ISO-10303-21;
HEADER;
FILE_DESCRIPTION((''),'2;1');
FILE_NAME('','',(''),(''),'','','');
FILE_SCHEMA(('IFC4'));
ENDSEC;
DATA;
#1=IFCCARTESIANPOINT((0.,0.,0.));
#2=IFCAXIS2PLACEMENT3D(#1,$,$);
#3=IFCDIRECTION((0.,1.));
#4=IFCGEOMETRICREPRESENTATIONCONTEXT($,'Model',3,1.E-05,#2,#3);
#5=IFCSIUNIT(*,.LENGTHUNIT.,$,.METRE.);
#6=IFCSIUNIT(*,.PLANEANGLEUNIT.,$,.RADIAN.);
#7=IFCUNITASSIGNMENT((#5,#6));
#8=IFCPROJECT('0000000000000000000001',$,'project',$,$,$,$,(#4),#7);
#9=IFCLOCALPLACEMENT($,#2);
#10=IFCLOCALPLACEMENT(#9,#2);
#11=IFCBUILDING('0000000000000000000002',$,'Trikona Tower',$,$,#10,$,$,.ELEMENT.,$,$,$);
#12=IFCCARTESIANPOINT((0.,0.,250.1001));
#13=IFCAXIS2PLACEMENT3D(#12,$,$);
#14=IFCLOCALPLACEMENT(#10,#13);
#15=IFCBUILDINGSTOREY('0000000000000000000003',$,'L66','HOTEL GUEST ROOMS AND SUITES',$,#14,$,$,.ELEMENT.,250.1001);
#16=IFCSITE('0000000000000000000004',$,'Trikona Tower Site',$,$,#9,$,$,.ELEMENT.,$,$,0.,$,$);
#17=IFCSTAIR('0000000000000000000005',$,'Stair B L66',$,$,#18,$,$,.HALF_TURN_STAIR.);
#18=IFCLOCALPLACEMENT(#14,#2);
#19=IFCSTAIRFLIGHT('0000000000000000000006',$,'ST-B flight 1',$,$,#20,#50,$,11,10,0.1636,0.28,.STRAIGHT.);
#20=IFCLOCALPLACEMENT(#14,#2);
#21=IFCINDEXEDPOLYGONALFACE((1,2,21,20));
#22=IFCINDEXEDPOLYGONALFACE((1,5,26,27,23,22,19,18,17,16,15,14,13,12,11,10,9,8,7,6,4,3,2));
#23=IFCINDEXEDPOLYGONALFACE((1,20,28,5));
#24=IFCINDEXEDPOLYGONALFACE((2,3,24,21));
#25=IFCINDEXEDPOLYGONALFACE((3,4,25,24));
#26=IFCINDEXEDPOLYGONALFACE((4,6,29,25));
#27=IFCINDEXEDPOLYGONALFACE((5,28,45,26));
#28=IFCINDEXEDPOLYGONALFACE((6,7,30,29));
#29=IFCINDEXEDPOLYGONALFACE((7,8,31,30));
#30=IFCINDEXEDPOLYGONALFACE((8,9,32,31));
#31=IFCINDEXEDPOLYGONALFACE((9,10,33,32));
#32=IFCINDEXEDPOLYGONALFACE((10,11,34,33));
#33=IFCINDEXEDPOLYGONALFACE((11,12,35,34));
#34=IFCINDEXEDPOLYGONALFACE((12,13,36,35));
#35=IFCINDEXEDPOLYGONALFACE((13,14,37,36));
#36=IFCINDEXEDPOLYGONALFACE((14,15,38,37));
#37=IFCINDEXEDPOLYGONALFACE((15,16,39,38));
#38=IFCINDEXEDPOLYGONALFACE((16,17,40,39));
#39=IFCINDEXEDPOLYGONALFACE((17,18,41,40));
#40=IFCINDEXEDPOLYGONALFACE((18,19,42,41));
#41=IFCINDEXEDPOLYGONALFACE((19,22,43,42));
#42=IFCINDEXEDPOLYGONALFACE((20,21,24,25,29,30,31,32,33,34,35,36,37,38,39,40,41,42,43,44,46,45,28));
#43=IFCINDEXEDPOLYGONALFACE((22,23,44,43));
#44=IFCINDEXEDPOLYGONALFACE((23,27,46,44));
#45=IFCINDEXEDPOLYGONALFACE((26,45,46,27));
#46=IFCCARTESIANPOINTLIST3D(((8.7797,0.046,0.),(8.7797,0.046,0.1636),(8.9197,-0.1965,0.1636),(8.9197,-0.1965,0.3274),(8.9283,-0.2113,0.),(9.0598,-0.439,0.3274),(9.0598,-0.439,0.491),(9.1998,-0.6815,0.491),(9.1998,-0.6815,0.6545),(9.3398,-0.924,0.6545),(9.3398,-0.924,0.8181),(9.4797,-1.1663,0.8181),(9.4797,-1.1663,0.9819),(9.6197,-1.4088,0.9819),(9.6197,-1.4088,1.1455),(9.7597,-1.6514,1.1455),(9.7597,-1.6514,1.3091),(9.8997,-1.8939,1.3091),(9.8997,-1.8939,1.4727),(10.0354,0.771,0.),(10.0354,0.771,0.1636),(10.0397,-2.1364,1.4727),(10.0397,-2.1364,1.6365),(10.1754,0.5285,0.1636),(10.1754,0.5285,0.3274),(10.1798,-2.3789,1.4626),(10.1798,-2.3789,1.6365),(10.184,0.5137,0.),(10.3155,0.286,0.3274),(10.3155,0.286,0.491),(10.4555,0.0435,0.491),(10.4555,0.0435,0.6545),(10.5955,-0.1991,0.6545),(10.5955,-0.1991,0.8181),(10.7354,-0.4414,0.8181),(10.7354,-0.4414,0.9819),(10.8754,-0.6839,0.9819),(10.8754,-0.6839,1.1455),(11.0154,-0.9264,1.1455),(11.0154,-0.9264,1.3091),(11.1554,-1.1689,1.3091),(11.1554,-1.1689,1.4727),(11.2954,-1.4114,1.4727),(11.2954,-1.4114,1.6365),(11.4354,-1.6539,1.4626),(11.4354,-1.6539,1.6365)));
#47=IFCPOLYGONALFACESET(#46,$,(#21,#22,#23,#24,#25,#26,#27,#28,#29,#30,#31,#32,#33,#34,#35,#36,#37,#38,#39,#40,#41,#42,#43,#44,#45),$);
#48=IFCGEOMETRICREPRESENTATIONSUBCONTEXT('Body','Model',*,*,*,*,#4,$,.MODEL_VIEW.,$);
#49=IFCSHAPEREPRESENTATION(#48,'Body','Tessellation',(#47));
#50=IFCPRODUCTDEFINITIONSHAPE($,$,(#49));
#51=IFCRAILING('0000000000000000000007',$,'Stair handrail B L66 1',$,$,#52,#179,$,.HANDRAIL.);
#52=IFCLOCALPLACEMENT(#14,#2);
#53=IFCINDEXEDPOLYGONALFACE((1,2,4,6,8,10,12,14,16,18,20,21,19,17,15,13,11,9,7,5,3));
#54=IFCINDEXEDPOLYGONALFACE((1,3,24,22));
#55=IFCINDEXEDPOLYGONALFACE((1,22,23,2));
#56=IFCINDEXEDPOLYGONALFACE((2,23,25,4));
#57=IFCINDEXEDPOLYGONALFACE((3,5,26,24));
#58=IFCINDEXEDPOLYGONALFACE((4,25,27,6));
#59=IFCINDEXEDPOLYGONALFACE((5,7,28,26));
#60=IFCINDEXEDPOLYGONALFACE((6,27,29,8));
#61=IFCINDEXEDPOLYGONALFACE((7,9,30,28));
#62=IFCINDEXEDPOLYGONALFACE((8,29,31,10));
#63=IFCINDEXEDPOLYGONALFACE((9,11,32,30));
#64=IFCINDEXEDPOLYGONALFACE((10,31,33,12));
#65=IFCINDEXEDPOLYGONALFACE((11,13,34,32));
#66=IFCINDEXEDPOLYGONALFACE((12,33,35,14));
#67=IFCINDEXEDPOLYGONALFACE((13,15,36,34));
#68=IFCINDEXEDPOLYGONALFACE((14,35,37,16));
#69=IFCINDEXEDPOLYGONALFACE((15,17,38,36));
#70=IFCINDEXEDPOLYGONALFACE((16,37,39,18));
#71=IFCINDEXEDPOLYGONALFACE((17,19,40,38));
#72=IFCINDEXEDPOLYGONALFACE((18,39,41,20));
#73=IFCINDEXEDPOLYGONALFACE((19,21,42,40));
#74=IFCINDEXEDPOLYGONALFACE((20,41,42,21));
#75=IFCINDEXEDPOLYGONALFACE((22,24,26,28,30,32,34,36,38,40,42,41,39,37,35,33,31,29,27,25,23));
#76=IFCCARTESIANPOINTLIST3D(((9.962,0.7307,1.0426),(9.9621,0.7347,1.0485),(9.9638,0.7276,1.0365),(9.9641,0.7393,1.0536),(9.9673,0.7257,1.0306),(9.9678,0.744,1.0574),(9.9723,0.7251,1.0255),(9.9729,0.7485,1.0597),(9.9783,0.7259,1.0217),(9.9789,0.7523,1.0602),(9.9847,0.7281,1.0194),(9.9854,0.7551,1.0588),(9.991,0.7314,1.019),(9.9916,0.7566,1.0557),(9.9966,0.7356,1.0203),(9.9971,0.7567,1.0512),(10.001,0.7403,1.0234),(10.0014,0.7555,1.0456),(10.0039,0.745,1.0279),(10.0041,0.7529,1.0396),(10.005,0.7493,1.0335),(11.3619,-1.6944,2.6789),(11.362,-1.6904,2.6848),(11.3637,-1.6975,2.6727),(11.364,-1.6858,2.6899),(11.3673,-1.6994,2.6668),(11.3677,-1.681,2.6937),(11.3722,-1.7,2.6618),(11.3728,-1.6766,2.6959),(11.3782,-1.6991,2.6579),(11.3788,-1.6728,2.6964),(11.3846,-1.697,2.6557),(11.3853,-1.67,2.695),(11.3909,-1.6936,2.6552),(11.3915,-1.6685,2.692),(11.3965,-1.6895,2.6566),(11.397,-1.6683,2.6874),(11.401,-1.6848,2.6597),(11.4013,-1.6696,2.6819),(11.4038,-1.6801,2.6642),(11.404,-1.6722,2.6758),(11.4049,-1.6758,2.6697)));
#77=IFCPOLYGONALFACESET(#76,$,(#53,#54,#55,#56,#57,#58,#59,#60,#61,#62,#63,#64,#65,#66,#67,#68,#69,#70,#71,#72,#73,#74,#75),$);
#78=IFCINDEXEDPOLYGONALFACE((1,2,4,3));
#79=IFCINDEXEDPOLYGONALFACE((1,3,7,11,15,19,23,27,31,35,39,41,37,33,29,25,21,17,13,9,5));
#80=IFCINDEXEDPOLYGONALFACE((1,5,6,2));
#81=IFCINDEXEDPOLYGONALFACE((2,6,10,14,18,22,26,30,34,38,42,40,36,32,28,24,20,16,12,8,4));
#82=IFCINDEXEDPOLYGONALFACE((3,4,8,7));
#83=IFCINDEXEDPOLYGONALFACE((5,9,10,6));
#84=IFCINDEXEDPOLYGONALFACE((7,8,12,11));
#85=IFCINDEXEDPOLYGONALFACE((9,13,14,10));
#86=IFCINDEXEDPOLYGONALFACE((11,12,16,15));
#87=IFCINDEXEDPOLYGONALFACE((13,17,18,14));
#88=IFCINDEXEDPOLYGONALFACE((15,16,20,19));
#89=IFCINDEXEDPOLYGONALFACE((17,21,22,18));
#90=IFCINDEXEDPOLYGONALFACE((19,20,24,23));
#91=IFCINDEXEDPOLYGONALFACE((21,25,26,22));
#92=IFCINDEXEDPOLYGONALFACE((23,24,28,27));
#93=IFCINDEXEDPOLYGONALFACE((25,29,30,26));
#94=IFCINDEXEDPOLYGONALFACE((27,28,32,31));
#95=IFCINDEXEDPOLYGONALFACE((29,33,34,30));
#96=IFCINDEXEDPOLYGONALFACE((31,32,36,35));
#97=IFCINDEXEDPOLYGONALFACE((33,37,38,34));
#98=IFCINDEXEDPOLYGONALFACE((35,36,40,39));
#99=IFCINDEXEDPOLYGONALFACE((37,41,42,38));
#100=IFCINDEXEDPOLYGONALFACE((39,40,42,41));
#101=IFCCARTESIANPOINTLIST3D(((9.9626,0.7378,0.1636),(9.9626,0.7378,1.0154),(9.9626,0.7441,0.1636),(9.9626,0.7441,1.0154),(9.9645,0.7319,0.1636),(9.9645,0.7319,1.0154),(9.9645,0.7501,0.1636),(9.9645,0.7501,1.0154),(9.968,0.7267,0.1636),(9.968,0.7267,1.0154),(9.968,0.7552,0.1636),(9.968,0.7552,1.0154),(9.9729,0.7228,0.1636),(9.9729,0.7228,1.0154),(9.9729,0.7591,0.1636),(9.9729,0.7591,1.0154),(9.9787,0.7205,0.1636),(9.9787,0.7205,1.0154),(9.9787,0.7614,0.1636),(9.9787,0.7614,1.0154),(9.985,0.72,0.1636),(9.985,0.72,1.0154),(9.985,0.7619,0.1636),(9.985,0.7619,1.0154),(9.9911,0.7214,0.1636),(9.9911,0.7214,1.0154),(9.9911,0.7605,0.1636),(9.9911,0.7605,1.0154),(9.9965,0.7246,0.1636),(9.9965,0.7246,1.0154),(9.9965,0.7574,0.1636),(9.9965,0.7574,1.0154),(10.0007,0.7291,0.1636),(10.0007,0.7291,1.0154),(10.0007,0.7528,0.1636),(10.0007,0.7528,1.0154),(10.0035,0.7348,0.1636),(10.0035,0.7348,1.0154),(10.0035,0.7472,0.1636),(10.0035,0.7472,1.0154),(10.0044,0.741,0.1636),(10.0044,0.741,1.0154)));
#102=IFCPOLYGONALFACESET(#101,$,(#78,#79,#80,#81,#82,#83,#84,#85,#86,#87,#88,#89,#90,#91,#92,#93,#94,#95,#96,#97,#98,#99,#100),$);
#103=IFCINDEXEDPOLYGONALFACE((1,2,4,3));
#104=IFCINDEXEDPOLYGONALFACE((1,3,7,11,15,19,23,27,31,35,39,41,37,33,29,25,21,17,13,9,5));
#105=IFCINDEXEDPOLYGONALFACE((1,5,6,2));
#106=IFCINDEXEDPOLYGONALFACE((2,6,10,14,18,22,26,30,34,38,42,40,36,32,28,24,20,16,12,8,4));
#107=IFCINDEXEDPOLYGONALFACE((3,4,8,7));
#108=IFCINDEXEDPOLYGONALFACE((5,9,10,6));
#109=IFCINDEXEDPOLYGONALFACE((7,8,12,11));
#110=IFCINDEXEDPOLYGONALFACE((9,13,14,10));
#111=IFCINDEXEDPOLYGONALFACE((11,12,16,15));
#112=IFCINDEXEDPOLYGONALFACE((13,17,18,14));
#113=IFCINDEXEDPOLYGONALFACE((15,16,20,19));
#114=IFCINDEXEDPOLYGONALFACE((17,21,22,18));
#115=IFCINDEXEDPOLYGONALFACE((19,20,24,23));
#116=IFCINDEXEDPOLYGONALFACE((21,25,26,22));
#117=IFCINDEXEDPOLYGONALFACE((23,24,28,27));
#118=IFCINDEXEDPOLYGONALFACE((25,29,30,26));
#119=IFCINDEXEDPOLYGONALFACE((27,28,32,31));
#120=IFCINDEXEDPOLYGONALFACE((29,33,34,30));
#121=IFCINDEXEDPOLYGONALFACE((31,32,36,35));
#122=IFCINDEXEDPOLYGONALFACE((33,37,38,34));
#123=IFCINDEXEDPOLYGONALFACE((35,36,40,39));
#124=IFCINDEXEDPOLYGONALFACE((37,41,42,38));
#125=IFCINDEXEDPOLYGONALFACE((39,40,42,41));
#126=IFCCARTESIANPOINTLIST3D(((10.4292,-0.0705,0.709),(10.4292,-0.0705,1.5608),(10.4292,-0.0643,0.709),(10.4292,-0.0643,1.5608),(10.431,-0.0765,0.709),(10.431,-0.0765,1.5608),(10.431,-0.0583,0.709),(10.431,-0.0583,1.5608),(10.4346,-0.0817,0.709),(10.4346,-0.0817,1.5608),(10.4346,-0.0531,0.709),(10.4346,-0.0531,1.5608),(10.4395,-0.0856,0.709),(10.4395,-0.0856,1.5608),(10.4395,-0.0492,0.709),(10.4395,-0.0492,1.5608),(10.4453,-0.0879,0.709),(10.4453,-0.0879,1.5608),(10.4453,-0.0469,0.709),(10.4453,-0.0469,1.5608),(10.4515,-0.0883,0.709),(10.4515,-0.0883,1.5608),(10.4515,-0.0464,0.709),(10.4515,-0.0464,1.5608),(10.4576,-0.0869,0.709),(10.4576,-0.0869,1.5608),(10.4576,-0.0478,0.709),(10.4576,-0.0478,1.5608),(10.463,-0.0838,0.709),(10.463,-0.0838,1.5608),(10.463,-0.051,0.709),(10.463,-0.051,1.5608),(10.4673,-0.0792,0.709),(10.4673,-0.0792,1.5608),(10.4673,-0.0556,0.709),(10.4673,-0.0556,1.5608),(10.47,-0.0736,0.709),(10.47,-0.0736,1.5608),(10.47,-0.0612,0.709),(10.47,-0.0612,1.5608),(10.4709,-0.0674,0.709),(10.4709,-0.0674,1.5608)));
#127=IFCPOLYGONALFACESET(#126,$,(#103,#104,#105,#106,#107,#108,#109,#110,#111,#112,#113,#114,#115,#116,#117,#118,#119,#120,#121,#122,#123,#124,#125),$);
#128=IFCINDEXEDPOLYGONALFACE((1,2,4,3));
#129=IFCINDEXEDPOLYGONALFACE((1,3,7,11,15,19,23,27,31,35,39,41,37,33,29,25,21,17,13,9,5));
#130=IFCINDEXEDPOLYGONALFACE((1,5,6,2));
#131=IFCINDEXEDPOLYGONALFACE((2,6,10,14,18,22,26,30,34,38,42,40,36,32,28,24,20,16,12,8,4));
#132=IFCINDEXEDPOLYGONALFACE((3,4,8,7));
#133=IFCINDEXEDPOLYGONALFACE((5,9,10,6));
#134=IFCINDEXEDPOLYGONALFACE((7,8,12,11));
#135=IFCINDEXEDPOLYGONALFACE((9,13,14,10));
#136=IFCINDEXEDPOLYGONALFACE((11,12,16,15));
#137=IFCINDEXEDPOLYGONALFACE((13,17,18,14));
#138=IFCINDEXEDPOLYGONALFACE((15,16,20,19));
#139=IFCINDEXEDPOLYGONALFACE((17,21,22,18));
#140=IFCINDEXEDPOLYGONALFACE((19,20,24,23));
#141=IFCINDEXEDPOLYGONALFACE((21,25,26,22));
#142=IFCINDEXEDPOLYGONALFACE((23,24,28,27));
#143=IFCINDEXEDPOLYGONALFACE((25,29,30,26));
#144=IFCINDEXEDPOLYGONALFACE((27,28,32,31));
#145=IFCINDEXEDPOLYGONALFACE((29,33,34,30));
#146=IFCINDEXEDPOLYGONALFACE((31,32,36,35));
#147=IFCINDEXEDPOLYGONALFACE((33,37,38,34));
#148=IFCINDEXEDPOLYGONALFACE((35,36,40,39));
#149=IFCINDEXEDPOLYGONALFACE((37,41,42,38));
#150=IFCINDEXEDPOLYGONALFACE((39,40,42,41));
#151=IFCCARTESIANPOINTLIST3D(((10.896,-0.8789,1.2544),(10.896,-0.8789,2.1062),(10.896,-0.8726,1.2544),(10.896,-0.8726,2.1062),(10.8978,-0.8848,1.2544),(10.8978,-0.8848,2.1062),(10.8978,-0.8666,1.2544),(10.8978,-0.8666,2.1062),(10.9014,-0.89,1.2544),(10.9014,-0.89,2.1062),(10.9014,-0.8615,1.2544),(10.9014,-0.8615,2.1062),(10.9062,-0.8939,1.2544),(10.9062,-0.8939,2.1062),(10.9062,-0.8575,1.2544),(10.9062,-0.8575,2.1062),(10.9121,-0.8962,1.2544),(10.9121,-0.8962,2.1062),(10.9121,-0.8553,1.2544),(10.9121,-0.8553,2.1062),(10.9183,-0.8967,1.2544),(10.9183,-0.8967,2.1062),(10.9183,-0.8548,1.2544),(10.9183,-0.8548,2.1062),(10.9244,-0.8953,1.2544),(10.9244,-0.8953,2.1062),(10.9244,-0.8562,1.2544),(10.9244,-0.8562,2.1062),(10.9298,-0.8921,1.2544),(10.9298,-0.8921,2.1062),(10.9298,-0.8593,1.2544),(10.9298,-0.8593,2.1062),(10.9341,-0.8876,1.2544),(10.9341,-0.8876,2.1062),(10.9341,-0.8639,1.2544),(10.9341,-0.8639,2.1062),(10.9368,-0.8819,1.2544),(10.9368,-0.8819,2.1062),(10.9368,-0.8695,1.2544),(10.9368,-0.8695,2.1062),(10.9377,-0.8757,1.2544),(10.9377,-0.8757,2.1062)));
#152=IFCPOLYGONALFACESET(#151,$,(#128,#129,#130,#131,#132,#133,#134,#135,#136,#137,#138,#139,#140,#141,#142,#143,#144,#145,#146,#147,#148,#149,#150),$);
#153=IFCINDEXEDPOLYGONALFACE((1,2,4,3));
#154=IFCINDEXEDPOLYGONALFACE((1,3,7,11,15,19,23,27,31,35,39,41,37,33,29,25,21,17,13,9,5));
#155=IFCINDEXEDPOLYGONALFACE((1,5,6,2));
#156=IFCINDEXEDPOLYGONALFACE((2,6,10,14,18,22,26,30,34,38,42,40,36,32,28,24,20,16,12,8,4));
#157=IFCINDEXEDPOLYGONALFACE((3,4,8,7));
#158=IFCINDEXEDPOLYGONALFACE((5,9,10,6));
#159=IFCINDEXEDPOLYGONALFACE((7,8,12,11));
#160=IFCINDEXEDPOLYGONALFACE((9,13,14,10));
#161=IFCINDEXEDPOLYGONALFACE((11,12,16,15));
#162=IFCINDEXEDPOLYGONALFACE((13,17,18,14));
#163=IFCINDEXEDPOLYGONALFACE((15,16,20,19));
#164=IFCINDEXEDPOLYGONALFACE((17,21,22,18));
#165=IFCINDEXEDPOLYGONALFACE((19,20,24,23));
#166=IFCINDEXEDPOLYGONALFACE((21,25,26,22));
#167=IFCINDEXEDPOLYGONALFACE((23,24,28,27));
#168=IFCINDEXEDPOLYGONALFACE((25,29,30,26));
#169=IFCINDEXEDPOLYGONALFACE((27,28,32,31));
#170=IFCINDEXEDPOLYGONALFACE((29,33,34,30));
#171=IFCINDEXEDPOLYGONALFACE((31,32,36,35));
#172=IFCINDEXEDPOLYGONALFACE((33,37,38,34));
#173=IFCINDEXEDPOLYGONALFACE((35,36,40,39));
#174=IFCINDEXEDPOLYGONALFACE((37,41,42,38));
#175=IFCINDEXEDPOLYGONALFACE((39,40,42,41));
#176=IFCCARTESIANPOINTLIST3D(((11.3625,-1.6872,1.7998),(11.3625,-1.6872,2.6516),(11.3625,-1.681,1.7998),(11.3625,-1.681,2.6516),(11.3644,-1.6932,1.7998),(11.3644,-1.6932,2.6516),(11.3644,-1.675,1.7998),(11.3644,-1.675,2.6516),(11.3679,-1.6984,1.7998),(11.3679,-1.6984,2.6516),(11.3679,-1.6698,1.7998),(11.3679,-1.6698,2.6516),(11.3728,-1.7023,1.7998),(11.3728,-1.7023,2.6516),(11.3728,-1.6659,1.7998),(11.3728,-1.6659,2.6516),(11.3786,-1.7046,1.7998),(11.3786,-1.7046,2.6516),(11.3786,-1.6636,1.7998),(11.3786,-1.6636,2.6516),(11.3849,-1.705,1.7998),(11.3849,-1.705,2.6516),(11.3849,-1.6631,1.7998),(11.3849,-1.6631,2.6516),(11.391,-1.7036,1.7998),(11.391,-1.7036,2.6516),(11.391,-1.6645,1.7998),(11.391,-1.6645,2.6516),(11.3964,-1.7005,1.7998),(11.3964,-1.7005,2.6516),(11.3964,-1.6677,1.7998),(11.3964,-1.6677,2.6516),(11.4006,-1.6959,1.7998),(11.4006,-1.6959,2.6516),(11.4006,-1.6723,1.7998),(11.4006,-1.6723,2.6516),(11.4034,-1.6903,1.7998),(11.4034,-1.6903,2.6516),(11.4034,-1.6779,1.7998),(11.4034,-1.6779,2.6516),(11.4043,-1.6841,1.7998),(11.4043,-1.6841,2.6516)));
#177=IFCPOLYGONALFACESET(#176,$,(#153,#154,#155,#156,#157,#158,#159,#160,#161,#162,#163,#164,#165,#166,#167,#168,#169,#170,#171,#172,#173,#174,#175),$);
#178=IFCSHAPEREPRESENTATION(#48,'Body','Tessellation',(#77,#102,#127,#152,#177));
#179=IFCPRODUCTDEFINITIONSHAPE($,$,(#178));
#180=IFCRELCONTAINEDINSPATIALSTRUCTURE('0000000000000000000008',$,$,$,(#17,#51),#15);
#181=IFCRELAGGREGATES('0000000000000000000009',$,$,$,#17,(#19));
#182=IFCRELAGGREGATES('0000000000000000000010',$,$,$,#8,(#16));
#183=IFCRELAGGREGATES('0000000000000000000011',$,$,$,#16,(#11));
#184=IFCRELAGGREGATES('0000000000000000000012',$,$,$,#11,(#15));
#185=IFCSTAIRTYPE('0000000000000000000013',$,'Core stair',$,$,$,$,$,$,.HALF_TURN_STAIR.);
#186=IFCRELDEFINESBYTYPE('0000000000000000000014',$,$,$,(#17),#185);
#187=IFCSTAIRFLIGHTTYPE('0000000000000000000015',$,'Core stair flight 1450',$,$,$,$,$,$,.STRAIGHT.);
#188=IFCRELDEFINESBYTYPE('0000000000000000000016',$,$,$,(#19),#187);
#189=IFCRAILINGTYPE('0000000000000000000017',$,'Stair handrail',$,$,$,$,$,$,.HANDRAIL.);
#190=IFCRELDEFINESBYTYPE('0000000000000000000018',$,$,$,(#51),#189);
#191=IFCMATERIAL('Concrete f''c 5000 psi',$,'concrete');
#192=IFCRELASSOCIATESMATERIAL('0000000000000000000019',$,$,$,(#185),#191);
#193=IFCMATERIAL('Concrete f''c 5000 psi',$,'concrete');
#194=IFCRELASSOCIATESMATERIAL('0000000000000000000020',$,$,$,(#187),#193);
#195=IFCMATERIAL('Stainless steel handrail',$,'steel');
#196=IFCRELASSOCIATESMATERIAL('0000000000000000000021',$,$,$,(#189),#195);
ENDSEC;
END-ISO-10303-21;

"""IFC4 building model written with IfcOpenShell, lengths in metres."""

from ifc_helpers import new_model, si_unit, direction, frame, origin, origin_2d, place, context, subcontext, project, spatial, polyline, circle, outline, extrude, material, type_object, element, aggregate, save


model = new_model("IFC4")

# Units and contexts
model_context = context("Model", 3, precision=1e-05, world=origin(), true_north=direction((0.0, 1.0)))
body_context = subcontext(model_context, "Body", "Model", "MODEL_VIEW")
ifc_project = project(units=[si_unit("LENGTHUNIT", "METRE"), si_unit("PLANEANGLEUNIT", "RADIAN")], contexts=[model_context])

# Site, building, storey
site_placement = place(None, origin())
site = spatial("IfcSite", under=ifc_project, at=site_placement, Name="Trikona Tower Site", CompositionType="ELEMENT", RefElevation=0.0)
building_placement = place(site_placement, origin())
building = spatial("IfcBuilding", under=site, at=building_placement, Name="Trikona Tower", CompositionType="ELEMENT")
storey_placement = place(building_placement, frame((0.0, 0.0, 250.1001)))
storey = spatial("IfcBuildingStorey", under=building, at=storey_placement, Name="L66", Description="HOTEL GUEST ROOMS AND SUITES", CompositionType="ELEMENT", Elevation=250.1001)

# Shared definitions
ifc_material_1 = material(Name="Concrete f'c 5000 psi", Category="concrete")
stair_type = type_object("IfcStairType", Name="Core stair", PredefinedType="HALF_TURN_STAIR", material=ifc_material_1)

# Stair, stair flight
stair_1_placement = place(storey_placement, origin())
stair_1 = element("IfcStair", 1, at=stair_1_placement, inside=storey, type_object=stair_type, Name="Stair B L66", PredefinedType="HALF_TURN_STAIR")
ifc_material_2 = material(Name="Concrete f'c 5000 psi", Category="concrete")
stair_flight_type = type_object("IfcStairFlightType", Name="Core stair flight 1450", PredefinedType="STRAIGHT", material=ifc_material_2)
stair_flight_placement = place(storey_placement, frame((9.4075, 0.4084, 0.0), z_axis=(0.0, 0.0, 1.0), x_axis=(0.5, -0.866025, 0.0)))
stair_flight = element("IfcStairFlight", 2, at=stair_flight_placement, type_object=stair_flight_type, Name="ST-B flight 1", NumberOfRisers=11, NumberOfTreads=10, PredefinedType="STRAIGHT", RiserHeight=0.1636, TreadLength=0.28, context=body_context, shape_type="SweptSolid", body=[
    extrude(outline(polyline([(0.0, 0.0), (0.0, 0.1636), (0.28, 0.1636), (0.28, 0.3274), (0.5601, 0.3274), (0.5601, 0.491), (0.8401, 0.491), (0.8401, 0.6545), (1.1201, 0.6545), (1.1201, 0.8181), (1.3999, 0.8181), (1.3999, 0.9819), (1.6799, 0.9819), (1.6799, 1.1455), (1.96, 1.1455), (1.96, 1.3091), (2.24, 1.3091), (2.24, 1.4727), (2.52, 1.4727), (2.52, 1.6365), (2.8, 1.6365), (2.8, 1.8), (2.8, 1.4626), (0.2971, 0.0), (0.0, 0.0)])), frame((0.0, 0.7251, 0.0), z_axis=(0.0, -1.0, 0.0), x_axis=(1.0, 0.0, 0.0)), (0.0, 0.0, 1.0), 1.45),
])
aggregate(stair_1, [stair_flight])

# Railing
ifc_material_3 = material(Name="Stainless steel handrail", Category="steel")
railing_type = type_object("IfcRailingType", Name="Stair handrail", PredefinedType="HANDRAIL", material=ifc_material_3)
railing_placement = place(storey_placement, frame((9.9834, 0.741, 0.1636)))
element("IfcRailing", 3, at=railing_placement, inside=storey, type_object=railing_type, Name="Stair handrail B L66 1", PredefinedType="HANDRAIL", context=body_context, shape_type="SweptSolid", body=[
    extrude(circle(Radius=0.0239, at=origin_2d()), frame((0.0, 0.0, 0.876), z_axis=(0.431653, -0.747751, 0.504523), x_axis=(0.866056, 0.499946, 0.0)), (0.0, 0.0, 1.0), 3.2432),
    extrude(circle(Radius=0.021, at=origin_2d()), origin(), (0.0, 0.0, 1.0), 0.8518),
    extrude(circle(Radius=0.021, at=origin_2d()), frame((0.4666, -0.8083, 0.5454)), (0.0, 0.0, 1.0), 0.8518),
    extrude(circle(Radius=0.021, at=origin_2d()), frame((0.9333, -1.6167, 1.0908)), (0.0, 0.0, 1.0), 0.8518),
    extrude(circle(Radius=0.021, at=origin_2d()), frame((1.3999, -2.425, 1.6362)), (0.0, 0.0, 1.0), 0.8518),
])

save(model, "model.ifc")
